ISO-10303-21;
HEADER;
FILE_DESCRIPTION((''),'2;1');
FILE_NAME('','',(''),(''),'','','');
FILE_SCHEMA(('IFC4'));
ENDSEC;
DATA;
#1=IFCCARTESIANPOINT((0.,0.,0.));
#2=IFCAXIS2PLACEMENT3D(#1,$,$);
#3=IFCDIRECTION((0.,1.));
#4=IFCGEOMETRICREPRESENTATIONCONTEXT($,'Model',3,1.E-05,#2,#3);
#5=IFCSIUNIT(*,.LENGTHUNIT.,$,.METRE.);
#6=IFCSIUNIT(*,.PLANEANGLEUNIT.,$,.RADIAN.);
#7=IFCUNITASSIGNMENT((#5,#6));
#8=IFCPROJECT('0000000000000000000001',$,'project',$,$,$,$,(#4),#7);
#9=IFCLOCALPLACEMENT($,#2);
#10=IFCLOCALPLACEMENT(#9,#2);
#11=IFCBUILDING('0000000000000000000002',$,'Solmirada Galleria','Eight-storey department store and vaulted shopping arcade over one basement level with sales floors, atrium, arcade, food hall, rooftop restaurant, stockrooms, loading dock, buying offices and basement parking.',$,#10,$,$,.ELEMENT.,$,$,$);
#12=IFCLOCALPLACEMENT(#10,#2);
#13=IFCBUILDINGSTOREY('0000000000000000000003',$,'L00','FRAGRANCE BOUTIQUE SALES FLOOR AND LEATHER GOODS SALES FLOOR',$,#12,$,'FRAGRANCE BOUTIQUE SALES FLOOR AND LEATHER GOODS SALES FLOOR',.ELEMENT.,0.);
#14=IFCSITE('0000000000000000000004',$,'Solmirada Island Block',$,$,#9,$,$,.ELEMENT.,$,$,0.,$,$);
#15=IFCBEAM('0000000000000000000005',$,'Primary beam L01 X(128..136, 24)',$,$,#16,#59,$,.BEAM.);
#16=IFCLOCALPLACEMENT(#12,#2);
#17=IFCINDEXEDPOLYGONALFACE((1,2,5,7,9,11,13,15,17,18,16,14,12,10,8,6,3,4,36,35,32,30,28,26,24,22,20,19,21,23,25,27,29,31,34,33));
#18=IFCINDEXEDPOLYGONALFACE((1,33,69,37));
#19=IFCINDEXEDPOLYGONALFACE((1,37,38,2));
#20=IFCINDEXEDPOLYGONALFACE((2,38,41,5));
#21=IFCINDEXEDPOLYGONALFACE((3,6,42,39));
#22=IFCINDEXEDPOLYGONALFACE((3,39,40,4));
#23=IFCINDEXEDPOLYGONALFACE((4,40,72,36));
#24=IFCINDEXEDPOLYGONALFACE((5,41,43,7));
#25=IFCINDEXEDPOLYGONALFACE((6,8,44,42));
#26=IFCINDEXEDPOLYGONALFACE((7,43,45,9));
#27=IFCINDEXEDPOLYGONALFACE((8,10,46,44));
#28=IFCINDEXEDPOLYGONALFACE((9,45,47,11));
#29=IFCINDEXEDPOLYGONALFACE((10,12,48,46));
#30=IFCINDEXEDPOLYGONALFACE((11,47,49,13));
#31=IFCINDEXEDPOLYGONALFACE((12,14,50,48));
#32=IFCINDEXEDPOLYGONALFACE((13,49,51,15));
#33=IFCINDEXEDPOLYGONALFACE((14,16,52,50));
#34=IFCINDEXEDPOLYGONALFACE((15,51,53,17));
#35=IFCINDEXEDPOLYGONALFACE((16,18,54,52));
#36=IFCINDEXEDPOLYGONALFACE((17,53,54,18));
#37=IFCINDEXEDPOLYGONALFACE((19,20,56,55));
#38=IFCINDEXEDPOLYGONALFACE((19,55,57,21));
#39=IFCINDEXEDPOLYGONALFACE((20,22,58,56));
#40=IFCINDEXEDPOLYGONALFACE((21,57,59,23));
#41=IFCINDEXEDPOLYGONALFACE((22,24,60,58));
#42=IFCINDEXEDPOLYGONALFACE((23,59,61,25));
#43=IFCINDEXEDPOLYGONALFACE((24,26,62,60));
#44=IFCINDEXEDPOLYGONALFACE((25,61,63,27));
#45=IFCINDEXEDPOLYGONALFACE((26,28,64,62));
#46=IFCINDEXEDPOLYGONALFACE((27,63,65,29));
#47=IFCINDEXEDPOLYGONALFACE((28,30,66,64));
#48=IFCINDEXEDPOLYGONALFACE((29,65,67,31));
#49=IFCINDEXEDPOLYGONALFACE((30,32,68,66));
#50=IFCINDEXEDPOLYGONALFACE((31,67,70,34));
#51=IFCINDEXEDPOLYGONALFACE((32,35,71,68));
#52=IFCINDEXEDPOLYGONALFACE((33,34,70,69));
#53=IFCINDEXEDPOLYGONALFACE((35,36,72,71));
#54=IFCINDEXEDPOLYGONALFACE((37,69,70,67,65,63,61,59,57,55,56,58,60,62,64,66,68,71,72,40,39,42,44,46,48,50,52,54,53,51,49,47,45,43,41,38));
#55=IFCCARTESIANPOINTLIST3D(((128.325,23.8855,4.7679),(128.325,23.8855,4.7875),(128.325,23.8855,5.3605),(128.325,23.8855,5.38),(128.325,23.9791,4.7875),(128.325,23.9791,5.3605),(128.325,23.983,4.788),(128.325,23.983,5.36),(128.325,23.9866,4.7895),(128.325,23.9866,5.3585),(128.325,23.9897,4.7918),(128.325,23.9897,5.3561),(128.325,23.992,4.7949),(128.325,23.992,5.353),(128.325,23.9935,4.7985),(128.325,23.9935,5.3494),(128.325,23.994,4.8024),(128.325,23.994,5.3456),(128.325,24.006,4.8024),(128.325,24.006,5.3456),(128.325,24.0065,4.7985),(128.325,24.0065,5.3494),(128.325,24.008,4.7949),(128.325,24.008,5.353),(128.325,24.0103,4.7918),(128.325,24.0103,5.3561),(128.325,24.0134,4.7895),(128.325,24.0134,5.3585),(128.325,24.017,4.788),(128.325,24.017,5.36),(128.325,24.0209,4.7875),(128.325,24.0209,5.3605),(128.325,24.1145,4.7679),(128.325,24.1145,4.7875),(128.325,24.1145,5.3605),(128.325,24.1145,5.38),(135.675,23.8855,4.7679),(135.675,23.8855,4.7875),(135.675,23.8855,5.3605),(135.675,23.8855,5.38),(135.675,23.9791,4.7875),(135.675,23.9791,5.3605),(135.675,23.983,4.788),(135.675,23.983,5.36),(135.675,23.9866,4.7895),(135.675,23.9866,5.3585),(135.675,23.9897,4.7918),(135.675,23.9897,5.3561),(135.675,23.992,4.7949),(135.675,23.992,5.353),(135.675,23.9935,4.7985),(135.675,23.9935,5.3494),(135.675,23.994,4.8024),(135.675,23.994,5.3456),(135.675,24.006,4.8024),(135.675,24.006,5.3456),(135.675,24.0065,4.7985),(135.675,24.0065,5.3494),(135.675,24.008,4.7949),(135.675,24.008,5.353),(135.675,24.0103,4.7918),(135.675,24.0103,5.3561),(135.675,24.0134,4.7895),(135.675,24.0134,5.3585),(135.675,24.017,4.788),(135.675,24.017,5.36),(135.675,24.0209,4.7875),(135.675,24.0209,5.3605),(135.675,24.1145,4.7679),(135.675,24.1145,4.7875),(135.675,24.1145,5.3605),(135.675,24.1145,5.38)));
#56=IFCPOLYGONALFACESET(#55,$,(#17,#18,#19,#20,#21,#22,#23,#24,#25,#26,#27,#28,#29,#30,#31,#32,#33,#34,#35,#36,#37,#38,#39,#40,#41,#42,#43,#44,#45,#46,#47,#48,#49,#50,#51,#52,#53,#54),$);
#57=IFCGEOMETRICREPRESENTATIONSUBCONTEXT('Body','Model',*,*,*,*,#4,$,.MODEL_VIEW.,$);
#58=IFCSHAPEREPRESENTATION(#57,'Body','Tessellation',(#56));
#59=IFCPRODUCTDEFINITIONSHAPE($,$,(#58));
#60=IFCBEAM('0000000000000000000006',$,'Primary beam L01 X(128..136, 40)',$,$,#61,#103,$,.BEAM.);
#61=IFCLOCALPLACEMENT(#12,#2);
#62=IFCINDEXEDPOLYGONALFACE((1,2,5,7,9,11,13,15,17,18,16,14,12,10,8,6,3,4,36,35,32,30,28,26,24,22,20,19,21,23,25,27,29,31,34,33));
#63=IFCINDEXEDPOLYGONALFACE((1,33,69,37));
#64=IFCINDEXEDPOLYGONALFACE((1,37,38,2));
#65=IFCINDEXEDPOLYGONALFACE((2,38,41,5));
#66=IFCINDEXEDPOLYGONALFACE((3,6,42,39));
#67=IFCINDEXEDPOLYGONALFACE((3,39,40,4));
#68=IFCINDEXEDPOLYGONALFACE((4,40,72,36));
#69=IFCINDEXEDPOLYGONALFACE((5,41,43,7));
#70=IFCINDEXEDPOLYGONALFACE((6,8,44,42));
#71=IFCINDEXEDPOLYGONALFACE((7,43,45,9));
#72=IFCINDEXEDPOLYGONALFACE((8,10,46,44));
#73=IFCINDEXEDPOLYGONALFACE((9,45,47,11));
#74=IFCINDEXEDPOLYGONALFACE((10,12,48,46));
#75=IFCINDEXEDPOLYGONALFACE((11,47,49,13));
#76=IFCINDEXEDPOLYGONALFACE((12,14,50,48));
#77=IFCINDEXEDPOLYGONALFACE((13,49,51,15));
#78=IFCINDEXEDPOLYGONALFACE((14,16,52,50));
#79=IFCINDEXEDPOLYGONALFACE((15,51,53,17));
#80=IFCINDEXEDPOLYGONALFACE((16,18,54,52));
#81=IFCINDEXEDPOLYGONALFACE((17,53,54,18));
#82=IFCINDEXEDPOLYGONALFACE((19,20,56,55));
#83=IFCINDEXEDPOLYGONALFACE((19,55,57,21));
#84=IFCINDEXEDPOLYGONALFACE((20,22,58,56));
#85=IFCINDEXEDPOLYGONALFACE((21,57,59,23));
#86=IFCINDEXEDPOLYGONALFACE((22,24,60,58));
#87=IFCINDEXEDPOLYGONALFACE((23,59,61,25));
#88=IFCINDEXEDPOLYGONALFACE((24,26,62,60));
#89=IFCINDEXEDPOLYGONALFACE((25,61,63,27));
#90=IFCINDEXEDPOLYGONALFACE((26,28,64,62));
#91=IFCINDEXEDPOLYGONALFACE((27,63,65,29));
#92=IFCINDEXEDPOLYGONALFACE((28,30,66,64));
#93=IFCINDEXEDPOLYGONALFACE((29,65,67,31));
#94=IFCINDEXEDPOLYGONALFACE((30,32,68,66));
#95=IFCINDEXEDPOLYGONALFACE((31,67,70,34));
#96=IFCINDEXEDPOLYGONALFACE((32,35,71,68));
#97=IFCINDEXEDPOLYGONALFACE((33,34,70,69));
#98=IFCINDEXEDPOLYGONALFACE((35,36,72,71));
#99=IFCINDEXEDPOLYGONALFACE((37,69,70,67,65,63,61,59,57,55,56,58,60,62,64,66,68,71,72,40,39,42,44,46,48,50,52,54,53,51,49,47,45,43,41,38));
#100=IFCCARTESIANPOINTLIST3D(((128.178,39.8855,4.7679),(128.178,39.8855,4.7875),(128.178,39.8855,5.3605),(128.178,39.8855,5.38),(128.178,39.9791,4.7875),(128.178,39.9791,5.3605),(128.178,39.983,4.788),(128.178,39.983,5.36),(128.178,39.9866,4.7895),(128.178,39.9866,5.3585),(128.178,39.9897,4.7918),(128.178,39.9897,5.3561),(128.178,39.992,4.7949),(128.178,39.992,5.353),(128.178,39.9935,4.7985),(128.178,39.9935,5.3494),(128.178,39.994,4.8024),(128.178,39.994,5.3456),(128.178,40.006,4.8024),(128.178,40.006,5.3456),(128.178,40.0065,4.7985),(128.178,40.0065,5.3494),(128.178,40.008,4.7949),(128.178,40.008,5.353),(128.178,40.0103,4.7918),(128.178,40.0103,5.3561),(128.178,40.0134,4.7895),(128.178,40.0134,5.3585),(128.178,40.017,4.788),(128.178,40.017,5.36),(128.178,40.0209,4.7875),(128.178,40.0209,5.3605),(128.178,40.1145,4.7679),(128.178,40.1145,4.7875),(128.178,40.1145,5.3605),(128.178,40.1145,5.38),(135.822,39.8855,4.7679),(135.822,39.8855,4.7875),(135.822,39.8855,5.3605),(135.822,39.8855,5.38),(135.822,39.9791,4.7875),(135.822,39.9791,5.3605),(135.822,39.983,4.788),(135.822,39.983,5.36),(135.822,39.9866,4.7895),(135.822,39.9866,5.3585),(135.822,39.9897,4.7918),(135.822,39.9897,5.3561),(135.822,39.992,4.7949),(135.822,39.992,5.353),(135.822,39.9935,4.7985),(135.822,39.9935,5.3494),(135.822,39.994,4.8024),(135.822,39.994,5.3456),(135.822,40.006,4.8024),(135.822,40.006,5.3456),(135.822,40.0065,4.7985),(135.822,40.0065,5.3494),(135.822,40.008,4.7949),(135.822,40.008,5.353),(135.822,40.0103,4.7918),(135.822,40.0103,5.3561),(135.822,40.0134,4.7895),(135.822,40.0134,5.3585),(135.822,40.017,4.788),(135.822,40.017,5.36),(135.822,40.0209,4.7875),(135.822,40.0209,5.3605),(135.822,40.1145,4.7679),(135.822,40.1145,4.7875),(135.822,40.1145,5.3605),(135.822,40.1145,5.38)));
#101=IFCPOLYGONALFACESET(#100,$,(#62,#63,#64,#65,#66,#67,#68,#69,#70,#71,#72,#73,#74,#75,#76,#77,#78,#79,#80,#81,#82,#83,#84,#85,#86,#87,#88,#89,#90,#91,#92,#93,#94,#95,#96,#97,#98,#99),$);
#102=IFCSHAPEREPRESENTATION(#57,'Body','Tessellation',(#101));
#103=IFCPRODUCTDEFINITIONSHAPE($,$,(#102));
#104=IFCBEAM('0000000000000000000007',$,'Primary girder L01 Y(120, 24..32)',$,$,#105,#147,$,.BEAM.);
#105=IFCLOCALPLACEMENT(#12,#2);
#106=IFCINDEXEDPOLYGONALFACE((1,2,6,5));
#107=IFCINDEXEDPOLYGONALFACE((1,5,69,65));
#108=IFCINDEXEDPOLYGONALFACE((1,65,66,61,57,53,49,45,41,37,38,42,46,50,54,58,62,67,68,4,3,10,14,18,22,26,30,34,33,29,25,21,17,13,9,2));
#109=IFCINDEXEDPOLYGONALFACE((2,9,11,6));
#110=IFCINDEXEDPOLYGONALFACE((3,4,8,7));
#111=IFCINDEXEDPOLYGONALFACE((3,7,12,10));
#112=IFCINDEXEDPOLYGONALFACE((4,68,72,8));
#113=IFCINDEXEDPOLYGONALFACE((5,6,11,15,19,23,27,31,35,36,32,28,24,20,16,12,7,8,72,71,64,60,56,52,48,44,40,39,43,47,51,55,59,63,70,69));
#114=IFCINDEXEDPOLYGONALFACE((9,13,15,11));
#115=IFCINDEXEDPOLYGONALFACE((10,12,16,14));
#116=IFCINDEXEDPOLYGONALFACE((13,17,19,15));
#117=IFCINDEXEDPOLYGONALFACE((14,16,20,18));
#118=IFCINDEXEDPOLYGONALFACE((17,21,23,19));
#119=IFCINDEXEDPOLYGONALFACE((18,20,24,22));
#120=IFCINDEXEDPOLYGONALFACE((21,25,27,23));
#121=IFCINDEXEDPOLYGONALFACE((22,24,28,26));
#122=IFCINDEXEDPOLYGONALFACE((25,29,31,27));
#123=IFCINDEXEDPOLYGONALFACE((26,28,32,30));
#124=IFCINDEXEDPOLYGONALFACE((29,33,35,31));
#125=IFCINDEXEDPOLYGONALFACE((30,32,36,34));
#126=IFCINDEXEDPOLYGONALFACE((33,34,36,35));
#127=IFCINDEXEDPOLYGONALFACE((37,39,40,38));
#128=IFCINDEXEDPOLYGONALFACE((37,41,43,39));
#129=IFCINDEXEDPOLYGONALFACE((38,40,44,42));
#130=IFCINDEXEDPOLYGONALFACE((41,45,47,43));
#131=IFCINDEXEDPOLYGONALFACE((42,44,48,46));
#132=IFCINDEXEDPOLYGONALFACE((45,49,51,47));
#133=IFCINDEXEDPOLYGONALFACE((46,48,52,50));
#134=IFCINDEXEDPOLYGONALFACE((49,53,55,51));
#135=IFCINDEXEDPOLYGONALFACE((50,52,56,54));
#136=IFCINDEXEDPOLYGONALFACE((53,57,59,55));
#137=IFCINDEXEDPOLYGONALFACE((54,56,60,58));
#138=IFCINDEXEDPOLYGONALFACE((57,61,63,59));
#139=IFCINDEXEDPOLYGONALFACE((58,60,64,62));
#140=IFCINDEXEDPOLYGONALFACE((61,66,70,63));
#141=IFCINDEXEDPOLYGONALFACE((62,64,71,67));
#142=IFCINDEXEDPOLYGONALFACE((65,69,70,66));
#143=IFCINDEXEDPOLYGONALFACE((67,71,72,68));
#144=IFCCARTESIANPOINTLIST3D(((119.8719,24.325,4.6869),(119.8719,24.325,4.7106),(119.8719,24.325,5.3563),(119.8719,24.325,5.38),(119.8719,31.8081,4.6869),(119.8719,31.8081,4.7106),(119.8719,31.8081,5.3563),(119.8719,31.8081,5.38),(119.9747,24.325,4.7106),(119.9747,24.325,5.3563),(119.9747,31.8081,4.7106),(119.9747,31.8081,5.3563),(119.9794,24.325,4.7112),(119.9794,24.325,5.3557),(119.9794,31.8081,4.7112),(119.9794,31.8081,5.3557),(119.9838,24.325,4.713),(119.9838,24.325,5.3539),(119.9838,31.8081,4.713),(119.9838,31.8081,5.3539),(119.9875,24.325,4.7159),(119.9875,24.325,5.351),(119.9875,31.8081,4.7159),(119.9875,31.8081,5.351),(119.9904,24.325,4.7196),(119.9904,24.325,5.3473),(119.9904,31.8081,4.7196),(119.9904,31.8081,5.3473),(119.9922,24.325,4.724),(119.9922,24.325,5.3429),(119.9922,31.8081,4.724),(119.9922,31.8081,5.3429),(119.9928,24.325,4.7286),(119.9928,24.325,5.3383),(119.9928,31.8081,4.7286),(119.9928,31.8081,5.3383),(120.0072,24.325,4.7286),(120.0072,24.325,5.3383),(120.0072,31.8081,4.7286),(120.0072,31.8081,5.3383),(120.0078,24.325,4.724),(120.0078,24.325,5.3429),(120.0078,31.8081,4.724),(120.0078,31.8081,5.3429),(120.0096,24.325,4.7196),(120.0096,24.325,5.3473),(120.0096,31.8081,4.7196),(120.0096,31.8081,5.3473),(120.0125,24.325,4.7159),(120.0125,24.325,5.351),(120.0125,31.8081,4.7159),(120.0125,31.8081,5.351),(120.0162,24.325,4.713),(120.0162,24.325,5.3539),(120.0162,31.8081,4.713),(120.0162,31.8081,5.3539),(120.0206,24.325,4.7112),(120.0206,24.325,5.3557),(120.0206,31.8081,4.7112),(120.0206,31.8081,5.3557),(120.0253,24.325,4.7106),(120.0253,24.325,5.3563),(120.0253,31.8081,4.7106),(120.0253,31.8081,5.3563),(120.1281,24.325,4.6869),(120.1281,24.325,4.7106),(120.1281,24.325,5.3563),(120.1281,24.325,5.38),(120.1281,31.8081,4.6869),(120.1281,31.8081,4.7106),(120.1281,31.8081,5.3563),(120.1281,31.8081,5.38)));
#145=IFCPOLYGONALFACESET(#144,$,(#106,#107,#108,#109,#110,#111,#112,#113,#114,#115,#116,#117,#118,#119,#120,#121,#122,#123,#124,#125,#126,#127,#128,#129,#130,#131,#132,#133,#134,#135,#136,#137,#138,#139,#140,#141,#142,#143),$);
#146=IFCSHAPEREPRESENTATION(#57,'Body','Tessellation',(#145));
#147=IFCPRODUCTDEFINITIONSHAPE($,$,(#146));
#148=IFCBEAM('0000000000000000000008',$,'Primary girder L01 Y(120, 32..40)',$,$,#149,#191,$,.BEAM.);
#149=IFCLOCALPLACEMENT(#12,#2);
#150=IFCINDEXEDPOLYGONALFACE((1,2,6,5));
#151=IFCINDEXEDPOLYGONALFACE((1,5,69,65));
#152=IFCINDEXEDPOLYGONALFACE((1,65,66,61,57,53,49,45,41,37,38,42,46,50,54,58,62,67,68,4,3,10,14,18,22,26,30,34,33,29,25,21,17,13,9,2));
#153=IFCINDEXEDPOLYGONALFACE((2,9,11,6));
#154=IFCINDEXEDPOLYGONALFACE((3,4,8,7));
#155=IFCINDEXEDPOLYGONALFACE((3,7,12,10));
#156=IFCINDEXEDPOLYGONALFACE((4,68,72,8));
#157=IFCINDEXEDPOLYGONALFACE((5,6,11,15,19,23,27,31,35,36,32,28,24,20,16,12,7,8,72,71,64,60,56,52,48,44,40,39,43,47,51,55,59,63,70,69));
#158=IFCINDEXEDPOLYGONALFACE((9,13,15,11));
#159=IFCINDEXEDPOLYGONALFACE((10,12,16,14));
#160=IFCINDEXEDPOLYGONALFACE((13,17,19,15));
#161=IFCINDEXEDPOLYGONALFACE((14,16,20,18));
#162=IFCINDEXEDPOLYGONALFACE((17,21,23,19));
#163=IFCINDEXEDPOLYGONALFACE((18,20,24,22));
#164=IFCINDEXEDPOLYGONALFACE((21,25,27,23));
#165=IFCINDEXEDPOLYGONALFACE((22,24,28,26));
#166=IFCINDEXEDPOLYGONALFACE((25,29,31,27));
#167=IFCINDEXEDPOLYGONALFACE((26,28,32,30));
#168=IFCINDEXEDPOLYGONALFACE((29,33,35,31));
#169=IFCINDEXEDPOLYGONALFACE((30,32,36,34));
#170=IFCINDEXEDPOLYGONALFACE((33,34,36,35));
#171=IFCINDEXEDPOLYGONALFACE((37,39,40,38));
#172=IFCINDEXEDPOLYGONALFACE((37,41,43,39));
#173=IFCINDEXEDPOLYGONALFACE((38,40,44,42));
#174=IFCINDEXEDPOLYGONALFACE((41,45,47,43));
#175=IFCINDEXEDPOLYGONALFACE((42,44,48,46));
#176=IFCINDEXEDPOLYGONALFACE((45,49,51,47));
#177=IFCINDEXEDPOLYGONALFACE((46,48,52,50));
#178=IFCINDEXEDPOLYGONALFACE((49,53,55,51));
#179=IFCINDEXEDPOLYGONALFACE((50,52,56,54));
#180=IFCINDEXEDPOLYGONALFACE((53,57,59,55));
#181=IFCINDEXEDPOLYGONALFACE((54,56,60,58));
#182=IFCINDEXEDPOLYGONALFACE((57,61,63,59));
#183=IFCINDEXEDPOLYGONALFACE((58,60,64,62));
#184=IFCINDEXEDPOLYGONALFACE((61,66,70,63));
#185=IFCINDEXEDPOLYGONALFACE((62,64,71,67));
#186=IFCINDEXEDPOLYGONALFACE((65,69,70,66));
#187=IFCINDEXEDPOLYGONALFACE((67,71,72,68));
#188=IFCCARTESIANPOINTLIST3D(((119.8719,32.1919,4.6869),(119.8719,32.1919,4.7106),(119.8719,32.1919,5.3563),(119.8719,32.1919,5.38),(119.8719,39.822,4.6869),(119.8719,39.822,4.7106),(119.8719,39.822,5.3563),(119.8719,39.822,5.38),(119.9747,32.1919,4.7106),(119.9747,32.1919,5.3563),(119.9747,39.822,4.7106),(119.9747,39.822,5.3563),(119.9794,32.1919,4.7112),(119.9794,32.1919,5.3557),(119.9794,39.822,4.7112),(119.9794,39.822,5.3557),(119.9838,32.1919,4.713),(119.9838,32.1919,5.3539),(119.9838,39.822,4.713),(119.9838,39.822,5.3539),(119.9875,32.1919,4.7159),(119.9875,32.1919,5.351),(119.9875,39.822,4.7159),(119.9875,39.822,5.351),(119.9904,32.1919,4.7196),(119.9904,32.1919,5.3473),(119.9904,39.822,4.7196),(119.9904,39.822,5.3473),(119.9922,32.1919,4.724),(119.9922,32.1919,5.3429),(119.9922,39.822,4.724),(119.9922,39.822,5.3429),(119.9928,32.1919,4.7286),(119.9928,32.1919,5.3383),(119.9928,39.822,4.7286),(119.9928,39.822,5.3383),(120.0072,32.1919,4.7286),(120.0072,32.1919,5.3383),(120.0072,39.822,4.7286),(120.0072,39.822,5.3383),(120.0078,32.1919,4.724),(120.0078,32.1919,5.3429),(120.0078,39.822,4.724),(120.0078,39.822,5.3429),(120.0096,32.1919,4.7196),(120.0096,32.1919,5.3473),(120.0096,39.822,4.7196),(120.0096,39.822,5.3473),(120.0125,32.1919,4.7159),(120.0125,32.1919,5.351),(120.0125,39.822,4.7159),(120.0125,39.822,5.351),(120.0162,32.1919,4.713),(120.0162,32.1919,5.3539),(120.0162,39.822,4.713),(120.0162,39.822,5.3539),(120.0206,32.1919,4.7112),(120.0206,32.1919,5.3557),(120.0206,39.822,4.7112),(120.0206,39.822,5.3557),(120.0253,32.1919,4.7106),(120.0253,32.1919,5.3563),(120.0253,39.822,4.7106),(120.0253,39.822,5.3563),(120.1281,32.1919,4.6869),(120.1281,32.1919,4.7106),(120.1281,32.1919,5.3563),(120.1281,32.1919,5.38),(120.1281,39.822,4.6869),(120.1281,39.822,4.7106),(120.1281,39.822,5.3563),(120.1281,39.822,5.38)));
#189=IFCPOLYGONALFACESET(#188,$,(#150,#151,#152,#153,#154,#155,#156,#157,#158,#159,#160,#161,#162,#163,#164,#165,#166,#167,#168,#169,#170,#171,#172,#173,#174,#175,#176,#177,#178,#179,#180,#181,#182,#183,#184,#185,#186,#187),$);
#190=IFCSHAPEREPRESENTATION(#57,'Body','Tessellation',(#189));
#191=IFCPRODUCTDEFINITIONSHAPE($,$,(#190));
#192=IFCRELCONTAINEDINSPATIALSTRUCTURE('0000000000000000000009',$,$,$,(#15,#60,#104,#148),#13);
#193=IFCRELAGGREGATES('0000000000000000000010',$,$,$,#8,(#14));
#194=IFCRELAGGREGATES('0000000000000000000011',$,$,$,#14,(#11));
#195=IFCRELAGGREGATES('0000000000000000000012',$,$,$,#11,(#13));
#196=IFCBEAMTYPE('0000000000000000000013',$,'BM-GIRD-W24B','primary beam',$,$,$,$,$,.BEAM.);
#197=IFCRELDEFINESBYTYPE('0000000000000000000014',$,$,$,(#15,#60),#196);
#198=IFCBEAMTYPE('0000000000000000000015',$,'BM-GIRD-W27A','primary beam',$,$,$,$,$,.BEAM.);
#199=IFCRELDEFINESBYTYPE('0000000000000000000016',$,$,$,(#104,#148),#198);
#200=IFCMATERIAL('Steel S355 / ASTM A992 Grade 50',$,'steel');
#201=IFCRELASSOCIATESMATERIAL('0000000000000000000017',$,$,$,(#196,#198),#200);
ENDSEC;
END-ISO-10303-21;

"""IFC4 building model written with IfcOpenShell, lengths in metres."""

from ifc_helpers import new_model, si_unit, direction, frame, origin, origin_2d, place, context, subcontext, project, spatial, i_section, extrude, material, material_profile, profile_set, type_object, element, save


model = new_model("IFC4")

# Units and contexts
model_context = context("Model", 3, precision=1e-05, world=origin(), true_north=direction((0.0, 1.0)))
body_context = subcontext(model_context, "Body", "Model", "MODEL_VIEW")
ifc_project = project(units=[si_unit("LENGTHUNIT", "METRE"), si_unit("PLANEANGLEUNIT", "RADIAN")], contexts=[model_context])

# Site, building, storey
site_placement = place(None, origin())
site = spatial("IfcSite", under=ifc_project, at=site_placement, Name="Solmirada Island Block", CompositionType="ELEMENT", RefElevation=0.0)
building_placement = place(site_placement, origin())
building = spatial("IfcBuilding", under=site, at=building_placement, Name="Solmirada Galleria", Description="Eight-storey department store and vaulted shopping arcade over one basement level with sales floors, atrium, arcade, food hall, rooftop restaurant, stockrooms, loading dock, buying offices and basement parking.", CompositionType="ELEMENT")
storey_placement = place(building_placement, origin())
storey = spatial("IfcBuildingStorey", under=building, at=storey_placement, Name="L00", Description="FRAGRANCE BOUTIQUE SALES FLOOR AND LEATHER GOODS SALES FLOOR", LongName="FRAGRANCE BOUTIQUE SALES FLOOR AND LEATHER GOODS SALES FLOOR", CompositionType="ELEMENT", Elevation=0.0)

# Beams
ifc_material_1 = material(Name="Steel S355 / ASTM A992 Grade 50", Category="steel")
ifc_material_profile_1 = material_profile(ifc_material_1, i_section(OverallWidth=0.229, OverallDepth=0.6121, WebThickness=0.012, FlangeThickness=0.0195, FilletRadius=0.0149, at=origin_2d()), Name="W24X84")
ifc_profile_set_1 = profile_set([ifc_material_profile_1], Name="Steel S355 / ASTM A992 Grade 50")
beam_type_1 = type_object("IfcBeamType", Name="BM-GIRD-W24B", Description="primary beam", PredefinedType="BEAM", material=ifc_profile_set_1)
beam_1_placement = place(storey_placement, frame((128.325, 24.0, 5.074), z_axis=(1.0, 0.0, 0.0), x_axis=(0.0, 1.0, 0.0)))
element("IfcBeam", 1, at=beam_1_placement, inside=storey, type_object=beam_type_1, Name="Primary beam L01 X(128..136, 24)", PredefinedType="BEAM", context=body_context, shape_type="SweptSolid", body=[
    extrude(i_section(OverallWidth=0.229, OverallDepth=0.6121, WebThickness=0.012, FlangeThickness=0.0195, FilletRadius=0.0149, at=origin_2d()), origin(), (0.0, 0.0, 1.0), 7.3501),
])
beam_2_placement = place(storey_placement, frame((128.178, 40.0, 5.074), z_axis=(1.0, 0.0, 0.0), x_axis=(0.0, 1.0, 0.0)))
element("IfcBeam", 2, at=beam_2_placement, inside=storey, type_object=beam_type_1, Name="Primary beam L01 X(128..136, 40)", PredefinedType="BEAM", context=body_context, shape_type="SweptSolid", body=[
    extrude(i_section(OverallWidth=0.229, OverallDepth=0.6121, WebThickness=0.012, FlangeThickness=0.0195, FilletRadius=0.0149, at=origin_2d()), origin(), (0.0, 0.0, 1.0), 7.644),
])
ifc_material_profile_2 = material_profile(ifc_material_1, i_section(OverallWidth=0.2561, OverallDepth=0.6931, WebThickness=0.0144, FlangeThickness=0.0237, FilletRadius=0.0181, at=origin_2d()), Name="W27X114")
ifc_profile_set_2 = profile_set([ifc_material_profile_2], Name="Steel S355 / ASTM A992 Grade 50")
beam_type_2 = type_object("IfcBeamType", Name="BM-GIRD-W27A", Description="primary beam", PredefinedType="BEAM", material=ifc_profile_set_2)
beam_3_placement = place(storey_placement, frame((120.0, 24.325, 5.0334), z_axis=(0.0, 1.0, 0.0), x_axis=(-1.0, 0.0, 0.0)))
element("IfcBeam", 3, at=beam_3_placement, inside=storey, type_object=beam_type_2, Name="Primary girder L01 Y(120, 24..32)", PredefinedType="BEAM", context=body_context, shape_type="SweptSolid", body=[
    extrude(i_section(OverallWidth=0.2561, OverallDepth=0.6931, WebThickness=0.0144, FlangeThickness=0.0237, FilletRadius=0.0181, at=origin_2d()), origin(), (0.0, 0.0, 1.0), 7.4832),
])
beam_4_placement = place(storey_placement, frame((120.0, 32.1919, 5.0334), z_axis=(0.0, 1.0, 0.0), x_axis=(-1.0, 0.0, 0.0)))
element("IfcBeam", 4, at=beam_4_placement, inside=storey, type_object=beam_type_2, Name="Primary girder L01 Y(120, 32..40)", PredefinedType="BEAM", context=body_context, shape_type="SweptSolid", body=[
    extrude(i_section(OverallWidth=0.2561, OverallDepth=0.6931, WebThickness=0.0144, FlangeThickness=0.0237, FilletRadius=0.0181, at=origin_2d()), origin(), (0.0, 0.0, 1.0), 7.6301),
])

save(model, "model.ifc")
